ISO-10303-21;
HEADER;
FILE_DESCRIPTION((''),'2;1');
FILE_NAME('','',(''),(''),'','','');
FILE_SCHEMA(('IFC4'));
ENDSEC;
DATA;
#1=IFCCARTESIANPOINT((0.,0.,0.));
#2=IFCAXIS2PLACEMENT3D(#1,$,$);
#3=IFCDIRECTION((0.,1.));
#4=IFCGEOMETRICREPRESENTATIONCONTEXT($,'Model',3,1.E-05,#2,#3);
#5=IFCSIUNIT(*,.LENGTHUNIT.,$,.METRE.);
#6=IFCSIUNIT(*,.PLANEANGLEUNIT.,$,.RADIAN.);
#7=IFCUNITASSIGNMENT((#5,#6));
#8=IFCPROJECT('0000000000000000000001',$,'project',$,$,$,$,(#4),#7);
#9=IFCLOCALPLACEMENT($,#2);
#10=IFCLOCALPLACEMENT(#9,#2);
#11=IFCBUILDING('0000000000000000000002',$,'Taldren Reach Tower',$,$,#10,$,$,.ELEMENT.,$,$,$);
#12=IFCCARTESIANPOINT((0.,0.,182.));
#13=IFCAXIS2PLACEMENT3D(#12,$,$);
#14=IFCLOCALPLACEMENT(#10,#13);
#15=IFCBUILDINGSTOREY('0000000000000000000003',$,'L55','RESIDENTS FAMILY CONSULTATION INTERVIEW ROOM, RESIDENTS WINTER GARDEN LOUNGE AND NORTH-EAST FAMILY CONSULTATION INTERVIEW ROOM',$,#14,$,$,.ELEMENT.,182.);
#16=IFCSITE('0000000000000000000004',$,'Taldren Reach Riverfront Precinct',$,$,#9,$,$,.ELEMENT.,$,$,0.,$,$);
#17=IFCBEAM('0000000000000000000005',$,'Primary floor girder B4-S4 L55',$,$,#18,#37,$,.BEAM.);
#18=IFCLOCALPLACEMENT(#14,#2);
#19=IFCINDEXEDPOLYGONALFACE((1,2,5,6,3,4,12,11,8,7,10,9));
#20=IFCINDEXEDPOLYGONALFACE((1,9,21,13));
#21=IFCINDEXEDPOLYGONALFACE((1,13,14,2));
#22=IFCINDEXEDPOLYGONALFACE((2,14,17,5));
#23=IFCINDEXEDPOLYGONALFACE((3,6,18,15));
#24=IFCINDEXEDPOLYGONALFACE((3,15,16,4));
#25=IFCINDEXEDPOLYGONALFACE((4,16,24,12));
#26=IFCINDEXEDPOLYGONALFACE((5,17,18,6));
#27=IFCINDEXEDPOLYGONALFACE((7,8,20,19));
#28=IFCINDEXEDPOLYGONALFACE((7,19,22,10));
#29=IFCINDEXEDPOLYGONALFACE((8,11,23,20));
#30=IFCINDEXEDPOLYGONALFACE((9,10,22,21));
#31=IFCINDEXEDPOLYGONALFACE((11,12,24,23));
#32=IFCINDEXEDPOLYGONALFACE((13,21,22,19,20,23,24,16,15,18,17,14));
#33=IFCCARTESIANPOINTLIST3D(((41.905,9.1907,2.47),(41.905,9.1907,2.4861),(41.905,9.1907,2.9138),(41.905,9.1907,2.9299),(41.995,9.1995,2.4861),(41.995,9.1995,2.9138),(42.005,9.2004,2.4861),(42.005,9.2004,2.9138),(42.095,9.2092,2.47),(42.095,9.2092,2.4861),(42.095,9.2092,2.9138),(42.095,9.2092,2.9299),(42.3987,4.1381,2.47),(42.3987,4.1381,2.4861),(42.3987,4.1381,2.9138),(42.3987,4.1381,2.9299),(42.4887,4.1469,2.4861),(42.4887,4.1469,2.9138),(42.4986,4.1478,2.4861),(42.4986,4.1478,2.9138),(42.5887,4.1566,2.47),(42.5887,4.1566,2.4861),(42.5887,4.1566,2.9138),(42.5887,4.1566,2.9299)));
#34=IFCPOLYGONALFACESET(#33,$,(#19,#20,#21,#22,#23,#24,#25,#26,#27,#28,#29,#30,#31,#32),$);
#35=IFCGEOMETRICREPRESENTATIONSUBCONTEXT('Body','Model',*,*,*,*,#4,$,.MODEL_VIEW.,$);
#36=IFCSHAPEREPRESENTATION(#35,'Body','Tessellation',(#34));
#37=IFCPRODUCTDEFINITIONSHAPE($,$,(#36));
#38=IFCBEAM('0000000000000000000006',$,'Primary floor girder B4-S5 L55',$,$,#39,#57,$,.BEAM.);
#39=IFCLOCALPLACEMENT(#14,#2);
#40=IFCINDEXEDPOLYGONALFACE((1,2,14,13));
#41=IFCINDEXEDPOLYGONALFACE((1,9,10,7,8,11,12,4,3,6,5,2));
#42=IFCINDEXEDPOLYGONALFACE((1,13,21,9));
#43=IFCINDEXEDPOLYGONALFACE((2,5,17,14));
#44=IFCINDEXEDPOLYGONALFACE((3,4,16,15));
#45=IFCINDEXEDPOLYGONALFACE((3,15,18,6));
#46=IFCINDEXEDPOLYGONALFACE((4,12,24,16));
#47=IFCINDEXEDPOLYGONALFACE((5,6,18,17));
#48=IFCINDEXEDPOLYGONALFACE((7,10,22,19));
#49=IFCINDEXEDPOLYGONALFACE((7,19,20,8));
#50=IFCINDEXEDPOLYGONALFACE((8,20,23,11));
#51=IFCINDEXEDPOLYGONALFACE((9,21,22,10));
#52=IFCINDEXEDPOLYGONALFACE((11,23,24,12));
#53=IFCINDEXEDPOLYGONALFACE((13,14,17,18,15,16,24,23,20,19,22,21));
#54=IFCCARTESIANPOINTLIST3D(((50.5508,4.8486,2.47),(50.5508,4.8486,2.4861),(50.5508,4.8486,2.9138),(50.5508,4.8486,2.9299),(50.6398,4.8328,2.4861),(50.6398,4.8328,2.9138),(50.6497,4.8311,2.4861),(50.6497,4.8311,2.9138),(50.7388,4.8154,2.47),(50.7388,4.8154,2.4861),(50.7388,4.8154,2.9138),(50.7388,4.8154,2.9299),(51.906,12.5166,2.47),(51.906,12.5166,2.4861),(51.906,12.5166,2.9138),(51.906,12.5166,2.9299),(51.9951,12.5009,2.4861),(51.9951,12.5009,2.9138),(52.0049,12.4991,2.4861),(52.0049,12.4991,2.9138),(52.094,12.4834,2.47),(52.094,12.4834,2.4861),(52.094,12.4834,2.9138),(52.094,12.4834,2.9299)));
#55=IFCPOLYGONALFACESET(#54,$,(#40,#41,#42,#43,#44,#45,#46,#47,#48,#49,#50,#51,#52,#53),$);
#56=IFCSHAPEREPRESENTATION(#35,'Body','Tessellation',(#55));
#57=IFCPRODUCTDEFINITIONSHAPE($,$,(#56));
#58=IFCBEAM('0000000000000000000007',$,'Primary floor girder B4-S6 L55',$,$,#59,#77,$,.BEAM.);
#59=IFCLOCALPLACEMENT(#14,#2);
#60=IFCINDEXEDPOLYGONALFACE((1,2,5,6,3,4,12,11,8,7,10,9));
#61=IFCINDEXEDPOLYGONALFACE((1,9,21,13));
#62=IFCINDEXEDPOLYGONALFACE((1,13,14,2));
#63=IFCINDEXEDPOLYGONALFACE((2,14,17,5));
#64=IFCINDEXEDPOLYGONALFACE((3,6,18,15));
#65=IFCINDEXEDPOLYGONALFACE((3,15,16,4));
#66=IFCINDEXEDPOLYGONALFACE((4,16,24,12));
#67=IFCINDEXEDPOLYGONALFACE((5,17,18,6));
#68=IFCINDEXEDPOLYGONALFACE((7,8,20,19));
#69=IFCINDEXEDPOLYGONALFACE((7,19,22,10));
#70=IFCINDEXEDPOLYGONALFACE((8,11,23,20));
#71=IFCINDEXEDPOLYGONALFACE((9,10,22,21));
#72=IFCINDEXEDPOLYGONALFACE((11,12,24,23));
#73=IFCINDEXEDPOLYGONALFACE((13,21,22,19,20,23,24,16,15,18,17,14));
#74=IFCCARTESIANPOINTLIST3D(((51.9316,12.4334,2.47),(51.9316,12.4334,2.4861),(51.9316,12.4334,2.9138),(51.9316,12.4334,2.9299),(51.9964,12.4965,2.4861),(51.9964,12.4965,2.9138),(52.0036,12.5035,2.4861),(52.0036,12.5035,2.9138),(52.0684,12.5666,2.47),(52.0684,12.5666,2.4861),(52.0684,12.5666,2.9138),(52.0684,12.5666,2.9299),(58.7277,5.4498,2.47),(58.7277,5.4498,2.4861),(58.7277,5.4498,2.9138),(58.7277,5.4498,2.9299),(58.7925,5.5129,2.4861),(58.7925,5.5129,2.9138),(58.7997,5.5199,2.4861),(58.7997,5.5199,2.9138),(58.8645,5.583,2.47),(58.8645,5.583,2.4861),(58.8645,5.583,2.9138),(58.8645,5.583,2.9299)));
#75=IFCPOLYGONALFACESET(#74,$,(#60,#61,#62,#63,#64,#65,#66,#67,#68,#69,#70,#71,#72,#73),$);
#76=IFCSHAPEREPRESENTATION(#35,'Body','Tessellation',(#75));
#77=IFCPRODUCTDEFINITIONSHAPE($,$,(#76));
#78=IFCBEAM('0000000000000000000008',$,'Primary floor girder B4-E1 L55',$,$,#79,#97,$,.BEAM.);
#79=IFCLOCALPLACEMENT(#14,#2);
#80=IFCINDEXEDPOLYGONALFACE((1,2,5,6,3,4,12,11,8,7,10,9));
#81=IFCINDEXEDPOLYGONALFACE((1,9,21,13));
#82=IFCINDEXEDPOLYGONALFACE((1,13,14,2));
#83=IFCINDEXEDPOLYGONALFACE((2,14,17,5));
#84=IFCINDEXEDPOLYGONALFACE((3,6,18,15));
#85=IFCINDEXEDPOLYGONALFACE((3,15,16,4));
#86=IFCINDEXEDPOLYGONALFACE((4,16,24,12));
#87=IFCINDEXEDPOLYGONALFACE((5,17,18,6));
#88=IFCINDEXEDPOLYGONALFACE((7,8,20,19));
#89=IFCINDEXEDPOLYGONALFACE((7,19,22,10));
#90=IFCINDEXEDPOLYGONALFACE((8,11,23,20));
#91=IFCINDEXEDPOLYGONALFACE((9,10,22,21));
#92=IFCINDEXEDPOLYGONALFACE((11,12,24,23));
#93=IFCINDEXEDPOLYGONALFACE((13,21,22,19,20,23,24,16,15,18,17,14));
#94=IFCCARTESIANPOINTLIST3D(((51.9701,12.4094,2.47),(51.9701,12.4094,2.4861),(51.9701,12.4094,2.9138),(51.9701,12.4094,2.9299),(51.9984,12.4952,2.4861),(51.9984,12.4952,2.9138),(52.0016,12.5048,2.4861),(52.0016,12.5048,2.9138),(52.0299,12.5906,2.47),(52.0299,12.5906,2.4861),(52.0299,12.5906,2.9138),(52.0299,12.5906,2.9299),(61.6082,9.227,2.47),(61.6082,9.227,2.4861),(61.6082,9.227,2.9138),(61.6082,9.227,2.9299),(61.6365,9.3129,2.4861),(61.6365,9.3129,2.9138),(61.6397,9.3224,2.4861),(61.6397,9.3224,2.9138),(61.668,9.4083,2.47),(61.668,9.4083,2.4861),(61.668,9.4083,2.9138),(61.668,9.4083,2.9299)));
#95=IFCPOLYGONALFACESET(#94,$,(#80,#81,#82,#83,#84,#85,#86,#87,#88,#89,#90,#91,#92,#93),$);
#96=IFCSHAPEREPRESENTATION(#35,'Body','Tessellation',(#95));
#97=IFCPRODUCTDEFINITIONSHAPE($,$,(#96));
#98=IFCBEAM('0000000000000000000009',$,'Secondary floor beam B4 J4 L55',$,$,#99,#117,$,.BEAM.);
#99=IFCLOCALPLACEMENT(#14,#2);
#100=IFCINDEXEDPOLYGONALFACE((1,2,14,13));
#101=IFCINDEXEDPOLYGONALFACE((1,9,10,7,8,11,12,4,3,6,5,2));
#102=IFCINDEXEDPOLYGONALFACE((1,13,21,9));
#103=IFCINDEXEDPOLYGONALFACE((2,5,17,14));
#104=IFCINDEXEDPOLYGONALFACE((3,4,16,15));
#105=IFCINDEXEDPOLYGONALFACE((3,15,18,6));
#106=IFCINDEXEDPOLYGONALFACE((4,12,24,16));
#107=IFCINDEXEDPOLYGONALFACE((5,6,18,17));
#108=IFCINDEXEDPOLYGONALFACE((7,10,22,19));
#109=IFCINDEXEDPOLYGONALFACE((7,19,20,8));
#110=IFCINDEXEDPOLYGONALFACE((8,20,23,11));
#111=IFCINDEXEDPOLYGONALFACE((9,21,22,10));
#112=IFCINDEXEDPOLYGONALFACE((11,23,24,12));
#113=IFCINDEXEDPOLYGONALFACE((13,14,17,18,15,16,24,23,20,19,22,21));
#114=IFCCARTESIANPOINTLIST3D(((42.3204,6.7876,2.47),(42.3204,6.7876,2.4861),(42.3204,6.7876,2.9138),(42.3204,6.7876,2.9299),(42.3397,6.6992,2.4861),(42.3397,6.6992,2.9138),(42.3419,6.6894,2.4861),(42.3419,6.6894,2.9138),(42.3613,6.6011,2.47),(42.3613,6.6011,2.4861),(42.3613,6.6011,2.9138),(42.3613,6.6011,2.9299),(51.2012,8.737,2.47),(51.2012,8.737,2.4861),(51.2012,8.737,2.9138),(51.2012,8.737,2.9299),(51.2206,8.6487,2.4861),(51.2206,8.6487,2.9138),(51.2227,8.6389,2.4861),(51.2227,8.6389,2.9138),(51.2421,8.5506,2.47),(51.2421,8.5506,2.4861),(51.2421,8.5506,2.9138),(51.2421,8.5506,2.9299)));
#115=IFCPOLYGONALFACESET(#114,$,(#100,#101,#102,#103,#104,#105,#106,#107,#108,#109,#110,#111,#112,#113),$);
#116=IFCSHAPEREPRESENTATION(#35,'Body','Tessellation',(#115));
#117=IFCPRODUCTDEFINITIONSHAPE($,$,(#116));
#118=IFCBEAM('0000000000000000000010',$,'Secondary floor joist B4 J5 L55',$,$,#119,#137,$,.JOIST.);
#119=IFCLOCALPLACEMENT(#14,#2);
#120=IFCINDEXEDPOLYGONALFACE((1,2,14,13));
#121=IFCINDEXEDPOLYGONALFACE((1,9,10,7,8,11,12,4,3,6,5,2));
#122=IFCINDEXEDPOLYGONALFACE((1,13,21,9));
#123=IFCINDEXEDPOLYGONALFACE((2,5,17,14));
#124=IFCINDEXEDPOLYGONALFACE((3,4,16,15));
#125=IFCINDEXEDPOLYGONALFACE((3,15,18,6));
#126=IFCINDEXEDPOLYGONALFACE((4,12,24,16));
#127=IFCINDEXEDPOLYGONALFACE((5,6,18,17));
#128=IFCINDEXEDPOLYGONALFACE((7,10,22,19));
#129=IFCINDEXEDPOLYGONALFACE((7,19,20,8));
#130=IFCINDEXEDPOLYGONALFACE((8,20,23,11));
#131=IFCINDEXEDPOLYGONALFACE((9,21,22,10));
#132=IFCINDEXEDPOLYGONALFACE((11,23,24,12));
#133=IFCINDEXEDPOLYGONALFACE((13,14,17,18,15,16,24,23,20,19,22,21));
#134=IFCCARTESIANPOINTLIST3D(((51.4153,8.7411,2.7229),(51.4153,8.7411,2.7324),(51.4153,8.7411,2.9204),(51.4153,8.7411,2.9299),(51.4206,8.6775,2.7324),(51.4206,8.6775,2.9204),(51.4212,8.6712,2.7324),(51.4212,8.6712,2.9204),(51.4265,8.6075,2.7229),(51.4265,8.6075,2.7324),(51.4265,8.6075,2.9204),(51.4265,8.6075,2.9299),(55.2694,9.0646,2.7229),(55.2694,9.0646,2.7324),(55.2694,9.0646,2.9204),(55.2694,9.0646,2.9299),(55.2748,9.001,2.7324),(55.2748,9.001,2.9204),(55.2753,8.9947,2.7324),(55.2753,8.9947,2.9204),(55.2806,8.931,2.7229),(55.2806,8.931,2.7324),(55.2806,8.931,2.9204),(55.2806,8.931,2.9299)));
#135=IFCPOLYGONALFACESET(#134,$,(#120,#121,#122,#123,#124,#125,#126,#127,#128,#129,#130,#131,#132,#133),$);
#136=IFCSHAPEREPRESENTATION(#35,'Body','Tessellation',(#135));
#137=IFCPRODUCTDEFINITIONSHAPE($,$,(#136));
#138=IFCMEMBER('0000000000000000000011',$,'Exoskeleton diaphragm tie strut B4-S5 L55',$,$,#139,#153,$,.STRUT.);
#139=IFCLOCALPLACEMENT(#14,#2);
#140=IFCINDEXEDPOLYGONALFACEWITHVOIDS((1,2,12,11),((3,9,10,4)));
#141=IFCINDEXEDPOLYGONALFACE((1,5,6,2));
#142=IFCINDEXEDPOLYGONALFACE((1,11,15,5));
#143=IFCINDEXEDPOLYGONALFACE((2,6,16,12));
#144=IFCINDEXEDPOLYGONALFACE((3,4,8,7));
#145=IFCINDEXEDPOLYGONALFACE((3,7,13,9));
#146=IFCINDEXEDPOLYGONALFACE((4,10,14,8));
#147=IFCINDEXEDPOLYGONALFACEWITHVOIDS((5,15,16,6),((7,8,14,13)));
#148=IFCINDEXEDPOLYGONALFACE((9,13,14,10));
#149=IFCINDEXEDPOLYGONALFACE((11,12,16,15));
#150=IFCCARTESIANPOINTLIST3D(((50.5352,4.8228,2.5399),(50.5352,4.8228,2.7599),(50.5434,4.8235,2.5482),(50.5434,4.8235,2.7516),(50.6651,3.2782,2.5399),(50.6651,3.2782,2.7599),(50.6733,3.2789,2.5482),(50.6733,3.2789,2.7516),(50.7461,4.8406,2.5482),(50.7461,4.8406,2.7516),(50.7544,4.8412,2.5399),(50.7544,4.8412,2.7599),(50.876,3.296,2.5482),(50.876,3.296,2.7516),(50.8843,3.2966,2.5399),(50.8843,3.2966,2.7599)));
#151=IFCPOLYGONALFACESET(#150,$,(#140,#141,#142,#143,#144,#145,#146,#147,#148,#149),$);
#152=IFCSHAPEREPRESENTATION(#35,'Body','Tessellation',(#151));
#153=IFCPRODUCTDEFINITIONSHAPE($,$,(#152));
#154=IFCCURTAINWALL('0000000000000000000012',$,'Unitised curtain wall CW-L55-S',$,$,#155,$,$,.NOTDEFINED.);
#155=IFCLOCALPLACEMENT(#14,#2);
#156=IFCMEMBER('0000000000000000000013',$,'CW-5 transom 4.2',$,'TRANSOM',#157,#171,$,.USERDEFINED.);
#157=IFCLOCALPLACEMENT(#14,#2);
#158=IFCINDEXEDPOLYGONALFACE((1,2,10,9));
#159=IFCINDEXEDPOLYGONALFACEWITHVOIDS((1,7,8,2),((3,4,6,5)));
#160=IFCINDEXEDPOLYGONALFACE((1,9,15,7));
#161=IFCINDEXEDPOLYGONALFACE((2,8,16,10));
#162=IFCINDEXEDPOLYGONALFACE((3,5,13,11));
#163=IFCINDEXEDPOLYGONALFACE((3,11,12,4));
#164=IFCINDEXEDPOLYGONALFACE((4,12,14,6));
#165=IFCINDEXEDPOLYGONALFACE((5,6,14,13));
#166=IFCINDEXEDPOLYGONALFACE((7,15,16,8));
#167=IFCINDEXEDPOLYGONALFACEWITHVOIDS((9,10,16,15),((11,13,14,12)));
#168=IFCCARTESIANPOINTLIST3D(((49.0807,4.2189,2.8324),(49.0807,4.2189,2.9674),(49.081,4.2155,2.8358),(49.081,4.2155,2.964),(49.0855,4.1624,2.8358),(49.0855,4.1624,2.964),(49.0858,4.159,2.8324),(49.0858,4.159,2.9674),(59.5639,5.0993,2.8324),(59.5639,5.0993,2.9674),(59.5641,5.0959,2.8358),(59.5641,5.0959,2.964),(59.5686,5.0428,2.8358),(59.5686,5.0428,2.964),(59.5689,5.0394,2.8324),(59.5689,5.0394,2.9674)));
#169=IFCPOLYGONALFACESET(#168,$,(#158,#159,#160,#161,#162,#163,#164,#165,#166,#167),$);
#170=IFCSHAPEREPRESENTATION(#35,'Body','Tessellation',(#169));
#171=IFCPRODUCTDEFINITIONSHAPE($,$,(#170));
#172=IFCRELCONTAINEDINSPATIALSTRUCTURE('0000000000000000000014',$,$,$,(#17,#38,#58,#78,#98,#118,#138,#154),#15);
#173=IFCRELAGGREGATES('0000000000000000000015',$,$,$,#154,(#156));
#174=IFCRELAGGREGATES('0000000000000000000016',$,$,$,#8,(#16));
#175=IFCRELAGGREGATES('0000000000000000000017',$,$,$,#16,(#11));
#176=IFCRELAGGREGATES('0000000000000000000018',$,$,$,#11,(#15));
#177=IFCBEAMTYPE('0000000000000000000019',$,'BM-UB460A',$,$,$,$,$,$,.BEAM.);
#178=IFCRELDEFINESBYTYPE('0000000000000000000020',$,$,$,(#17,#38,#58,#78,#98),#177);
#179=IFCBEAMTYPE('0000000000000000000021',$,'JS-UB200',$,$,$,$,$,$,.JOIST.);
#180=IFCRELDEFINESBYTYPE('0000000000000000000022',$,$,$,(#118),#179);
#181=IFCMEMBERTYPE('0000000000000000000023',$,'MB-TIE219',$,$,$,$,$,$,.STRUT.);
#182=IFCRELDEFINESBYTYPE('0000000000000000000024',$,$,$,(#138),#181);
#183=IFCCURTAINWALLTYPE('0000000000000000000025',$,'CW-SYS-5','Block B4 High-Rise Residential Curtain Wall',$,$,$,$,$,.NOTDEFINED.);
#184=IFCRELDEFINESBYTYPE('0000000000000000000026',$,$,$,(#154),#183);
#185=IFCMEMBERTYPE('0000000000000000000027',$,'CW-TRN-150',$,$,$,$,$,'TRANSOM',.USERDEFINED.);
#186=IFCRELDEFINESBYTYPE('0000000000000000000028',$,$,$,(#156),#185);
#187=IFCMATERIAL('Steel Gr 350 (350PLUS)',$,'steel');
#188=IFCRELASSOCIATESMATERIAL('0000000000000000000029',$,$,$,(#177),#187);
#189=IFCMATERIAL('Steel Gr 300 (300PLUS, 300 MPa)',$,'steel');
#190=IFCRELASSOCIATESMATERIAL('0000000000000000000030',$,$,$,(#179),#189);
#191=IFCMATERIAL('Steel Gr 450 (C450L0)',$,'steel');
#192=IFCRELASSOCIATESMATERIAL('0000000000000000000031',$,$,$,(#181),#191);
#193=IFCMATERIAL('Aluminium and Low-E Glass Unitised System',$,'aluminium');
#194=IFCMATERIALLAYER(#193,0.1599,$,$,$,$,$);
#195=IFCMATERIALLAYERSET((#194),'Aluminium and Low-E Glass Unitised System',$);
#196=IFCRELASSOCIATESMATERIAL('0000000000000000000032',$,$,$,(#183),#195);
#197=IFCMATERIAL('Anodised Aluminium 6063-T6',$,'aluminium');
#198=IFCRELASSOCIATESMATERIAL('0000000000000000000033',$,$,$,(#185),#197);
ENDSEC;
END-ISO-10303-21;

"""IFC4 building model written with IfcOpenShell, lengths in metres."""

from ifc_helpers import new_model, si_unit, direction, frame, origin, origin_2d, place, context, subcontext, project, spatial, hollow_rectangle, i_section, extrude, source, transform, mapped, material, layer, layer_set, material_profile, profile_set, type_object, element, aggregate, save


model = new_model("IFC4")

# Units and contexts
model_context = context("Model", 3, precision=1e-05, world=origin(), true_north=direction((0.0, 1.0)))
body_context = subcontext(model_context, "Body", "Model", "MODEL_VIEW")
ifc_project = project(units=[si_unit("LENGTHUNIT", "METRE"), si_unit("PLANEANGLEUNIT", "RADIAN")], contexts=[model_context])

# Site, building, storey
site_placement = place(None, origin())
site = spatial("IfcSite", under=ifc_project, at=site_placement, Name="Taldren Reach Riverfront Precinct", CompositionType="ELEMENT", RefElevation=0.0)
building_placement = place(site_placement, origin())
building = spatial("IfcBuilding", under=site, at=building_placement, Name="Taldren Reach Tower", CompositionType="ELEMENT")
storey_placement = place(building_placement, frame((0.0, 0.0, 182.0)))
storey = spatial("IfcBuildingStorey", under=building, at=storey_placement, Name="L55", Description="RESIDENTS FAMILY CONSULTATION INTERVIEW ROOM, RESIDENTS WINTER GARDEN LOUNGE AND NORTH-EAST FAMILY CONSULTATION INTERVIEW ROOM", CompositionType="ELEMENT", Elevation=182.0)

# Shared definitions
ifc_material_1 = material(Name="Steel Gr 350 (350PLUS)", Category="steel")
ifc_material_2 = material(Name="Steel Gr 450 (C450L0)", Category="steel")

# Beams
ifc_material_profile_1 = material_profile(ifc_material_1, i_section(OverallWidth=0.1909, OverallDepth=0.46, WebThickness=0.01, FlangeThickness=0.0161, at=origin_2d()), Name="460UB82.1")
ifc_profile_set_1 = profile_set([ifc_material_profile_1], Name="Steel Gr 350 (350PLUS)")
beam_type_1 = type_object("IfcBeamType", Name="BM-UB460A", PredefinedType="BEAM", material=ifc_profile_set_1)
shared_shape_1 = source(origin(), body_context, "Body", "SweptSolid", [
    extrude(i_section(OverallWidth=0.1909, OverallDepth=0.46, WebThickness=0.01, FlangeThickness=0.0161, at=origin_2d()), origin(), (0.0, 0.0, 1.0), 5.0767),
])
beam_1_placement = place(storey_placement, frame((42.0, 9.2, 2.7), z_axis=(0.097242, -0.995261, 0.0), x_axis=(0.995261, 0.097242, 0.0)))
element("IfcBeam", 1, at=beam_1_placement, inside=storey, type_object=beam_type_1, Name="Primary floor girder B4-S4 L55", PredefinedType="BEAM", context=body_context, shape_type="MappedRepresentation", body=[
    mapped(shared_shape_1, transform((0.0, 0.0, 0.0), scale=1.0)),
])
shared_shape_2 = source(origin(), body_context, "Body", "SweptSolid", [
    extrude(i_section(OverallWidth=0.1909, OverallDepth=0.46, WebThickness=0.01, FlangeThickness=0.0161, at=origin_2d()), origin(), (0.0, 0.0, 1.0), 7.7869),
])
beam_2_placement = place(storey_placement, frame((52.0, 12.5, 2.7), z_axis=(-0.174041, -0.984738, 0.0), x_axis=(0.984738, -0.174041, 0.0)))
element("IfcBeam", 2, at=beam_2_placement, inside=storey, type_object=beam_type_1, Name="Primary floor girder B4-S5 L55", PredefinedType="BEAM", context=body_context, shape_type="MappedRepresentation", body=[
    mapped(shared_shape_2, transform((0.0, 0.0, 0.0), scale=1.0)),
])
shared_shape_3 = source(origin(), body_context, "Body", "SweptSolid", [
    extrude(i_section(OverallWidth=0.1909, OverallDepth=0.46, WebThickness=0.01, FlangeThickness=0.0161, at=origin_2d()), origin(), (0.0, 0.0, 1.0), 9.7446),
])
beam_3_placement = place(storey_placement, frame((52.0, 12.5, 2.7), z_axis=(0.697421, -0.716662, 0.0), x_axis=(0.716662, 0.697421, 0.0)))
element("IfcBeam", 3, at=beam_3_placement, inside=storey, type_object=beam_type_1, Name="Primary floor girder B4-S6 L55", PredefinedType="BEAM", context=body_context, shape_type="MappedRepresentation", body=[
    mapped(shared_shape_3, transform((0.0, 0.0, 0.0), scale=1.0)),
])
shared_shape_4 = source(origin(), body_context, "Body", "SweptSolid", [
    extrude(i_section(OverallWidth=0.1909, OverallDepth=0.46, WebThickness=0.01, FlangeThickness=0.0161, at=origin_2d()), origin(), (0.0, 0.0, 1.0), 10.1499),
])
beam_4_placement = place(storey_placement, frame((52.0, 12.5, 2.7), z_axis=(0.949577, -0.313535, 0.0), x_axis=(0.313535, 0.949577, 0.0)))
element("IfcBeam", 4, at=beam_4_placement, inside=storey, type_object=beam_type_1, Name="Primary floor girder B4-E1 L55", PredefinedType="BEAM", context=body_context, shape_type="MappedRepresentation", body=[
    mapped(shared_shape_4, transform((0.0, 0.0, 0.0), scale=1.0)),
])
shared_shape_5 = source(origin(), body_context, "Body", "SweptSolid", [
    extrude(i_section(OverallWidth=0.1909, OverallDepth=0.46, WebThickness=0.01, FlangeThickness=0.0161, at=origin_2d()), origin(), (0.0, 0.0, 1.0), 9.0923),
])
beam_5_placement = place(storey_placement, frame((42.3408, 6.6943, 2.7), z_axis=(0.976744, 0.214408, 0.0), x_axis=(-0.214408, 0.976744, 0.0)))
element("IfcBeam", 5, at=beam_5_placement, inside=storey, type_object=beam_type_1, Name="Secondary floor beam B4 J4 L55", PredefinedType="BEAM", context=body_context, shape_type="MappedRepresentation", body=[
    mapped(shared_shape_5, transform((0.0, 0.0, 0.0), scale=1.0)),
])
ifc_material_3 = material(Name="Steel Gr 300 (300PLUS, 300 MPa)", Category="steel")
ifc_material_profile_2 = material_profile(ifc_material_3, i_section(OverallWidth=0.134, OverallDepth=0.207, WebThickness=0.0063, FlangeThickness=0.0095, at=origin_2d()), Name="200UB29.8")
ifc_profile_set_2 = profile_set([ifc_material_profile_2], Name="Steel Gr 300 (300PLUS, 300 MPa)")
beam_type_2 = type_object("IfcBeamType", Name="JS-UB200", PredefinedType="JOIST", material=ifc_profile_set_2)
shared_shape_6 = source(origin(), body_context, "Body", "SweptSolid", [
    extrude(i_section(OverallWidth=0.134, OverallDepth=0.207, WebThickness=0.0063, FlangeThickness=0.0095, at=origin_2d()), origin(), (0.0, 0.0, 1.0), 3.8677),
])
beam_6_placement = place(storey_placement, frame((51.4209, 8.6743, 2.8264), z_axis=(0.996496, 0.083641, 0.0), x_axis=(-0.083641, 0.996496, 0.0)))
element("IfcBeam", 6, at=beam_6_placement, inside=storey, type_object=beam_type_2, Name="Secondary floor joist B4 J5 L55", PredefinedType="JOIST", context=body_context, shape_type="MappedRepresentation", body=[
    mapped(shared_shape_6, transform((0.0, 0.0, 0.0), scale=1.0)),
])

# Member
ifc_material_profile_3 = material_profile(ifc_material_2, hollow_rectangle(XDim=0.22, YDim=0.22, WallThickness=0.0083, at=origin_2d()), Name="220x220x8.2SHS")
ifc_profile_set_3 = profile_set([ifc_material_profile_3], Name="Steel Gr 450 (C450L0)")
member_type_1 = type_object("IfcMemberType", Name="MB-TIE219", PredefinedType="STRUT", material=ifc_profile_set_3)
shared_shape_7 = source(origin(), body_context, "Body", "SweptSolid", [
    extrude(hollow_rectangle(XDim=0.22, YDim=0.22, WallThickness=0.0083, at=origin_2d()), origin(), (0.0, 0.0, 1.0), 1.55),
])
member_1_placement = place(storey_placement, frame((50.6448, 4.832, 2.6499), z_axis=(0.083788, -0.996484, 0.0), x_axis=(0.996484, 0.083788, 0.0)))
element("IfcMember", 7, at=member_1_placement, inside=storey, type_object=member_type_1, Name="Exoskeleton diaphragm tie strut B4-S5 L55", PredefinedType="STRUT", context=body_context, shape_type="MappedRepresentation", body=[
    mapped(shared_shape_7, transform((0.0, 0.0, 0.0), scale=1.0)),
])

# Curtain wall, member
ifc_material_4 = material(Name="Aluminium and Low-E Glass Unitised System", Category="aluminium")
ifc_layer_1 = layer(ifc_material_4, 0.1599)
ifc_layer_set_1 = layer_set([ifc_layer_1], Name="Aluminium and Low-E Glass Unitised System")
curtain_wall_type = type_object("IfcCurtainWallType", Name="CW-SYS-5", Description="Block B4 High-Rise Residential Curtain Wall", PredefinedType="NOTDEFINED", material=ifc_layer_set_1)
curtain_wall_placement = place(storey_placement, origin())
curtain_wall = element("IfcCurtainWall", 8, at=curtain_wall_placement, inside=storey, type_object=curtain_wall_type, Name="Unitised curtain wall CW-L55-S", PredefinedType="NOTDEFINED")
ifc_material_5 = material(Name="Anodised Aluminium 6063-T6", Category="aluminium")
ifc_material_profile_4 = material_profile(ifc_material_5, hollow_rectangle(XDim=0.0601, YDim=0.135, WallThickness=0.0034, at=origin_2d()), Name="ALU-135x60x3.5RHS")
ifc_profile_set_4 = profile_set([ifc_material_profile_4], Name="Anodised Aluminium 6063-T6")
member_type_2 = type_object("IfcMemberType", Name="CW-TRN-150", ElementType="TRANSOM", PredefinedType="USERDEFINED", material=ifc_profile_set_4)
shared_shape_8 = source(origin(), body_context, "Body", "SweptSolid", [
    extrude(hollow_rectangle(XDim=0.0601, YDim=0.135, WallThickness=0.0034, at=origin_2d()), origin(), (0.0, 0.0, 1.0), 10.52),
])
member_2_placement = place(storey_placement, frame((49.0833, 4.189, 2.8999), z_axis=(0.996492, 0.083685, 0.0), x_axis=(-0.083685, 0.996492, 0.0)))
member_2 = element("IfcMember", 9, at=member_2_placement, type_object=member_type_2, Name="CW-5 transom 4.2", ObjectType="TRANSOM", PredefinedType="USERDEFINED", context=body_context, shape_type="MappedRepresentation", body=[
    mapped(shared_shape_8, transform((0.0, 0.0, 0.0), scale=1.0)),
])
aggregate(curtain_wall, [member_2])

save(model, "model.ifc")
